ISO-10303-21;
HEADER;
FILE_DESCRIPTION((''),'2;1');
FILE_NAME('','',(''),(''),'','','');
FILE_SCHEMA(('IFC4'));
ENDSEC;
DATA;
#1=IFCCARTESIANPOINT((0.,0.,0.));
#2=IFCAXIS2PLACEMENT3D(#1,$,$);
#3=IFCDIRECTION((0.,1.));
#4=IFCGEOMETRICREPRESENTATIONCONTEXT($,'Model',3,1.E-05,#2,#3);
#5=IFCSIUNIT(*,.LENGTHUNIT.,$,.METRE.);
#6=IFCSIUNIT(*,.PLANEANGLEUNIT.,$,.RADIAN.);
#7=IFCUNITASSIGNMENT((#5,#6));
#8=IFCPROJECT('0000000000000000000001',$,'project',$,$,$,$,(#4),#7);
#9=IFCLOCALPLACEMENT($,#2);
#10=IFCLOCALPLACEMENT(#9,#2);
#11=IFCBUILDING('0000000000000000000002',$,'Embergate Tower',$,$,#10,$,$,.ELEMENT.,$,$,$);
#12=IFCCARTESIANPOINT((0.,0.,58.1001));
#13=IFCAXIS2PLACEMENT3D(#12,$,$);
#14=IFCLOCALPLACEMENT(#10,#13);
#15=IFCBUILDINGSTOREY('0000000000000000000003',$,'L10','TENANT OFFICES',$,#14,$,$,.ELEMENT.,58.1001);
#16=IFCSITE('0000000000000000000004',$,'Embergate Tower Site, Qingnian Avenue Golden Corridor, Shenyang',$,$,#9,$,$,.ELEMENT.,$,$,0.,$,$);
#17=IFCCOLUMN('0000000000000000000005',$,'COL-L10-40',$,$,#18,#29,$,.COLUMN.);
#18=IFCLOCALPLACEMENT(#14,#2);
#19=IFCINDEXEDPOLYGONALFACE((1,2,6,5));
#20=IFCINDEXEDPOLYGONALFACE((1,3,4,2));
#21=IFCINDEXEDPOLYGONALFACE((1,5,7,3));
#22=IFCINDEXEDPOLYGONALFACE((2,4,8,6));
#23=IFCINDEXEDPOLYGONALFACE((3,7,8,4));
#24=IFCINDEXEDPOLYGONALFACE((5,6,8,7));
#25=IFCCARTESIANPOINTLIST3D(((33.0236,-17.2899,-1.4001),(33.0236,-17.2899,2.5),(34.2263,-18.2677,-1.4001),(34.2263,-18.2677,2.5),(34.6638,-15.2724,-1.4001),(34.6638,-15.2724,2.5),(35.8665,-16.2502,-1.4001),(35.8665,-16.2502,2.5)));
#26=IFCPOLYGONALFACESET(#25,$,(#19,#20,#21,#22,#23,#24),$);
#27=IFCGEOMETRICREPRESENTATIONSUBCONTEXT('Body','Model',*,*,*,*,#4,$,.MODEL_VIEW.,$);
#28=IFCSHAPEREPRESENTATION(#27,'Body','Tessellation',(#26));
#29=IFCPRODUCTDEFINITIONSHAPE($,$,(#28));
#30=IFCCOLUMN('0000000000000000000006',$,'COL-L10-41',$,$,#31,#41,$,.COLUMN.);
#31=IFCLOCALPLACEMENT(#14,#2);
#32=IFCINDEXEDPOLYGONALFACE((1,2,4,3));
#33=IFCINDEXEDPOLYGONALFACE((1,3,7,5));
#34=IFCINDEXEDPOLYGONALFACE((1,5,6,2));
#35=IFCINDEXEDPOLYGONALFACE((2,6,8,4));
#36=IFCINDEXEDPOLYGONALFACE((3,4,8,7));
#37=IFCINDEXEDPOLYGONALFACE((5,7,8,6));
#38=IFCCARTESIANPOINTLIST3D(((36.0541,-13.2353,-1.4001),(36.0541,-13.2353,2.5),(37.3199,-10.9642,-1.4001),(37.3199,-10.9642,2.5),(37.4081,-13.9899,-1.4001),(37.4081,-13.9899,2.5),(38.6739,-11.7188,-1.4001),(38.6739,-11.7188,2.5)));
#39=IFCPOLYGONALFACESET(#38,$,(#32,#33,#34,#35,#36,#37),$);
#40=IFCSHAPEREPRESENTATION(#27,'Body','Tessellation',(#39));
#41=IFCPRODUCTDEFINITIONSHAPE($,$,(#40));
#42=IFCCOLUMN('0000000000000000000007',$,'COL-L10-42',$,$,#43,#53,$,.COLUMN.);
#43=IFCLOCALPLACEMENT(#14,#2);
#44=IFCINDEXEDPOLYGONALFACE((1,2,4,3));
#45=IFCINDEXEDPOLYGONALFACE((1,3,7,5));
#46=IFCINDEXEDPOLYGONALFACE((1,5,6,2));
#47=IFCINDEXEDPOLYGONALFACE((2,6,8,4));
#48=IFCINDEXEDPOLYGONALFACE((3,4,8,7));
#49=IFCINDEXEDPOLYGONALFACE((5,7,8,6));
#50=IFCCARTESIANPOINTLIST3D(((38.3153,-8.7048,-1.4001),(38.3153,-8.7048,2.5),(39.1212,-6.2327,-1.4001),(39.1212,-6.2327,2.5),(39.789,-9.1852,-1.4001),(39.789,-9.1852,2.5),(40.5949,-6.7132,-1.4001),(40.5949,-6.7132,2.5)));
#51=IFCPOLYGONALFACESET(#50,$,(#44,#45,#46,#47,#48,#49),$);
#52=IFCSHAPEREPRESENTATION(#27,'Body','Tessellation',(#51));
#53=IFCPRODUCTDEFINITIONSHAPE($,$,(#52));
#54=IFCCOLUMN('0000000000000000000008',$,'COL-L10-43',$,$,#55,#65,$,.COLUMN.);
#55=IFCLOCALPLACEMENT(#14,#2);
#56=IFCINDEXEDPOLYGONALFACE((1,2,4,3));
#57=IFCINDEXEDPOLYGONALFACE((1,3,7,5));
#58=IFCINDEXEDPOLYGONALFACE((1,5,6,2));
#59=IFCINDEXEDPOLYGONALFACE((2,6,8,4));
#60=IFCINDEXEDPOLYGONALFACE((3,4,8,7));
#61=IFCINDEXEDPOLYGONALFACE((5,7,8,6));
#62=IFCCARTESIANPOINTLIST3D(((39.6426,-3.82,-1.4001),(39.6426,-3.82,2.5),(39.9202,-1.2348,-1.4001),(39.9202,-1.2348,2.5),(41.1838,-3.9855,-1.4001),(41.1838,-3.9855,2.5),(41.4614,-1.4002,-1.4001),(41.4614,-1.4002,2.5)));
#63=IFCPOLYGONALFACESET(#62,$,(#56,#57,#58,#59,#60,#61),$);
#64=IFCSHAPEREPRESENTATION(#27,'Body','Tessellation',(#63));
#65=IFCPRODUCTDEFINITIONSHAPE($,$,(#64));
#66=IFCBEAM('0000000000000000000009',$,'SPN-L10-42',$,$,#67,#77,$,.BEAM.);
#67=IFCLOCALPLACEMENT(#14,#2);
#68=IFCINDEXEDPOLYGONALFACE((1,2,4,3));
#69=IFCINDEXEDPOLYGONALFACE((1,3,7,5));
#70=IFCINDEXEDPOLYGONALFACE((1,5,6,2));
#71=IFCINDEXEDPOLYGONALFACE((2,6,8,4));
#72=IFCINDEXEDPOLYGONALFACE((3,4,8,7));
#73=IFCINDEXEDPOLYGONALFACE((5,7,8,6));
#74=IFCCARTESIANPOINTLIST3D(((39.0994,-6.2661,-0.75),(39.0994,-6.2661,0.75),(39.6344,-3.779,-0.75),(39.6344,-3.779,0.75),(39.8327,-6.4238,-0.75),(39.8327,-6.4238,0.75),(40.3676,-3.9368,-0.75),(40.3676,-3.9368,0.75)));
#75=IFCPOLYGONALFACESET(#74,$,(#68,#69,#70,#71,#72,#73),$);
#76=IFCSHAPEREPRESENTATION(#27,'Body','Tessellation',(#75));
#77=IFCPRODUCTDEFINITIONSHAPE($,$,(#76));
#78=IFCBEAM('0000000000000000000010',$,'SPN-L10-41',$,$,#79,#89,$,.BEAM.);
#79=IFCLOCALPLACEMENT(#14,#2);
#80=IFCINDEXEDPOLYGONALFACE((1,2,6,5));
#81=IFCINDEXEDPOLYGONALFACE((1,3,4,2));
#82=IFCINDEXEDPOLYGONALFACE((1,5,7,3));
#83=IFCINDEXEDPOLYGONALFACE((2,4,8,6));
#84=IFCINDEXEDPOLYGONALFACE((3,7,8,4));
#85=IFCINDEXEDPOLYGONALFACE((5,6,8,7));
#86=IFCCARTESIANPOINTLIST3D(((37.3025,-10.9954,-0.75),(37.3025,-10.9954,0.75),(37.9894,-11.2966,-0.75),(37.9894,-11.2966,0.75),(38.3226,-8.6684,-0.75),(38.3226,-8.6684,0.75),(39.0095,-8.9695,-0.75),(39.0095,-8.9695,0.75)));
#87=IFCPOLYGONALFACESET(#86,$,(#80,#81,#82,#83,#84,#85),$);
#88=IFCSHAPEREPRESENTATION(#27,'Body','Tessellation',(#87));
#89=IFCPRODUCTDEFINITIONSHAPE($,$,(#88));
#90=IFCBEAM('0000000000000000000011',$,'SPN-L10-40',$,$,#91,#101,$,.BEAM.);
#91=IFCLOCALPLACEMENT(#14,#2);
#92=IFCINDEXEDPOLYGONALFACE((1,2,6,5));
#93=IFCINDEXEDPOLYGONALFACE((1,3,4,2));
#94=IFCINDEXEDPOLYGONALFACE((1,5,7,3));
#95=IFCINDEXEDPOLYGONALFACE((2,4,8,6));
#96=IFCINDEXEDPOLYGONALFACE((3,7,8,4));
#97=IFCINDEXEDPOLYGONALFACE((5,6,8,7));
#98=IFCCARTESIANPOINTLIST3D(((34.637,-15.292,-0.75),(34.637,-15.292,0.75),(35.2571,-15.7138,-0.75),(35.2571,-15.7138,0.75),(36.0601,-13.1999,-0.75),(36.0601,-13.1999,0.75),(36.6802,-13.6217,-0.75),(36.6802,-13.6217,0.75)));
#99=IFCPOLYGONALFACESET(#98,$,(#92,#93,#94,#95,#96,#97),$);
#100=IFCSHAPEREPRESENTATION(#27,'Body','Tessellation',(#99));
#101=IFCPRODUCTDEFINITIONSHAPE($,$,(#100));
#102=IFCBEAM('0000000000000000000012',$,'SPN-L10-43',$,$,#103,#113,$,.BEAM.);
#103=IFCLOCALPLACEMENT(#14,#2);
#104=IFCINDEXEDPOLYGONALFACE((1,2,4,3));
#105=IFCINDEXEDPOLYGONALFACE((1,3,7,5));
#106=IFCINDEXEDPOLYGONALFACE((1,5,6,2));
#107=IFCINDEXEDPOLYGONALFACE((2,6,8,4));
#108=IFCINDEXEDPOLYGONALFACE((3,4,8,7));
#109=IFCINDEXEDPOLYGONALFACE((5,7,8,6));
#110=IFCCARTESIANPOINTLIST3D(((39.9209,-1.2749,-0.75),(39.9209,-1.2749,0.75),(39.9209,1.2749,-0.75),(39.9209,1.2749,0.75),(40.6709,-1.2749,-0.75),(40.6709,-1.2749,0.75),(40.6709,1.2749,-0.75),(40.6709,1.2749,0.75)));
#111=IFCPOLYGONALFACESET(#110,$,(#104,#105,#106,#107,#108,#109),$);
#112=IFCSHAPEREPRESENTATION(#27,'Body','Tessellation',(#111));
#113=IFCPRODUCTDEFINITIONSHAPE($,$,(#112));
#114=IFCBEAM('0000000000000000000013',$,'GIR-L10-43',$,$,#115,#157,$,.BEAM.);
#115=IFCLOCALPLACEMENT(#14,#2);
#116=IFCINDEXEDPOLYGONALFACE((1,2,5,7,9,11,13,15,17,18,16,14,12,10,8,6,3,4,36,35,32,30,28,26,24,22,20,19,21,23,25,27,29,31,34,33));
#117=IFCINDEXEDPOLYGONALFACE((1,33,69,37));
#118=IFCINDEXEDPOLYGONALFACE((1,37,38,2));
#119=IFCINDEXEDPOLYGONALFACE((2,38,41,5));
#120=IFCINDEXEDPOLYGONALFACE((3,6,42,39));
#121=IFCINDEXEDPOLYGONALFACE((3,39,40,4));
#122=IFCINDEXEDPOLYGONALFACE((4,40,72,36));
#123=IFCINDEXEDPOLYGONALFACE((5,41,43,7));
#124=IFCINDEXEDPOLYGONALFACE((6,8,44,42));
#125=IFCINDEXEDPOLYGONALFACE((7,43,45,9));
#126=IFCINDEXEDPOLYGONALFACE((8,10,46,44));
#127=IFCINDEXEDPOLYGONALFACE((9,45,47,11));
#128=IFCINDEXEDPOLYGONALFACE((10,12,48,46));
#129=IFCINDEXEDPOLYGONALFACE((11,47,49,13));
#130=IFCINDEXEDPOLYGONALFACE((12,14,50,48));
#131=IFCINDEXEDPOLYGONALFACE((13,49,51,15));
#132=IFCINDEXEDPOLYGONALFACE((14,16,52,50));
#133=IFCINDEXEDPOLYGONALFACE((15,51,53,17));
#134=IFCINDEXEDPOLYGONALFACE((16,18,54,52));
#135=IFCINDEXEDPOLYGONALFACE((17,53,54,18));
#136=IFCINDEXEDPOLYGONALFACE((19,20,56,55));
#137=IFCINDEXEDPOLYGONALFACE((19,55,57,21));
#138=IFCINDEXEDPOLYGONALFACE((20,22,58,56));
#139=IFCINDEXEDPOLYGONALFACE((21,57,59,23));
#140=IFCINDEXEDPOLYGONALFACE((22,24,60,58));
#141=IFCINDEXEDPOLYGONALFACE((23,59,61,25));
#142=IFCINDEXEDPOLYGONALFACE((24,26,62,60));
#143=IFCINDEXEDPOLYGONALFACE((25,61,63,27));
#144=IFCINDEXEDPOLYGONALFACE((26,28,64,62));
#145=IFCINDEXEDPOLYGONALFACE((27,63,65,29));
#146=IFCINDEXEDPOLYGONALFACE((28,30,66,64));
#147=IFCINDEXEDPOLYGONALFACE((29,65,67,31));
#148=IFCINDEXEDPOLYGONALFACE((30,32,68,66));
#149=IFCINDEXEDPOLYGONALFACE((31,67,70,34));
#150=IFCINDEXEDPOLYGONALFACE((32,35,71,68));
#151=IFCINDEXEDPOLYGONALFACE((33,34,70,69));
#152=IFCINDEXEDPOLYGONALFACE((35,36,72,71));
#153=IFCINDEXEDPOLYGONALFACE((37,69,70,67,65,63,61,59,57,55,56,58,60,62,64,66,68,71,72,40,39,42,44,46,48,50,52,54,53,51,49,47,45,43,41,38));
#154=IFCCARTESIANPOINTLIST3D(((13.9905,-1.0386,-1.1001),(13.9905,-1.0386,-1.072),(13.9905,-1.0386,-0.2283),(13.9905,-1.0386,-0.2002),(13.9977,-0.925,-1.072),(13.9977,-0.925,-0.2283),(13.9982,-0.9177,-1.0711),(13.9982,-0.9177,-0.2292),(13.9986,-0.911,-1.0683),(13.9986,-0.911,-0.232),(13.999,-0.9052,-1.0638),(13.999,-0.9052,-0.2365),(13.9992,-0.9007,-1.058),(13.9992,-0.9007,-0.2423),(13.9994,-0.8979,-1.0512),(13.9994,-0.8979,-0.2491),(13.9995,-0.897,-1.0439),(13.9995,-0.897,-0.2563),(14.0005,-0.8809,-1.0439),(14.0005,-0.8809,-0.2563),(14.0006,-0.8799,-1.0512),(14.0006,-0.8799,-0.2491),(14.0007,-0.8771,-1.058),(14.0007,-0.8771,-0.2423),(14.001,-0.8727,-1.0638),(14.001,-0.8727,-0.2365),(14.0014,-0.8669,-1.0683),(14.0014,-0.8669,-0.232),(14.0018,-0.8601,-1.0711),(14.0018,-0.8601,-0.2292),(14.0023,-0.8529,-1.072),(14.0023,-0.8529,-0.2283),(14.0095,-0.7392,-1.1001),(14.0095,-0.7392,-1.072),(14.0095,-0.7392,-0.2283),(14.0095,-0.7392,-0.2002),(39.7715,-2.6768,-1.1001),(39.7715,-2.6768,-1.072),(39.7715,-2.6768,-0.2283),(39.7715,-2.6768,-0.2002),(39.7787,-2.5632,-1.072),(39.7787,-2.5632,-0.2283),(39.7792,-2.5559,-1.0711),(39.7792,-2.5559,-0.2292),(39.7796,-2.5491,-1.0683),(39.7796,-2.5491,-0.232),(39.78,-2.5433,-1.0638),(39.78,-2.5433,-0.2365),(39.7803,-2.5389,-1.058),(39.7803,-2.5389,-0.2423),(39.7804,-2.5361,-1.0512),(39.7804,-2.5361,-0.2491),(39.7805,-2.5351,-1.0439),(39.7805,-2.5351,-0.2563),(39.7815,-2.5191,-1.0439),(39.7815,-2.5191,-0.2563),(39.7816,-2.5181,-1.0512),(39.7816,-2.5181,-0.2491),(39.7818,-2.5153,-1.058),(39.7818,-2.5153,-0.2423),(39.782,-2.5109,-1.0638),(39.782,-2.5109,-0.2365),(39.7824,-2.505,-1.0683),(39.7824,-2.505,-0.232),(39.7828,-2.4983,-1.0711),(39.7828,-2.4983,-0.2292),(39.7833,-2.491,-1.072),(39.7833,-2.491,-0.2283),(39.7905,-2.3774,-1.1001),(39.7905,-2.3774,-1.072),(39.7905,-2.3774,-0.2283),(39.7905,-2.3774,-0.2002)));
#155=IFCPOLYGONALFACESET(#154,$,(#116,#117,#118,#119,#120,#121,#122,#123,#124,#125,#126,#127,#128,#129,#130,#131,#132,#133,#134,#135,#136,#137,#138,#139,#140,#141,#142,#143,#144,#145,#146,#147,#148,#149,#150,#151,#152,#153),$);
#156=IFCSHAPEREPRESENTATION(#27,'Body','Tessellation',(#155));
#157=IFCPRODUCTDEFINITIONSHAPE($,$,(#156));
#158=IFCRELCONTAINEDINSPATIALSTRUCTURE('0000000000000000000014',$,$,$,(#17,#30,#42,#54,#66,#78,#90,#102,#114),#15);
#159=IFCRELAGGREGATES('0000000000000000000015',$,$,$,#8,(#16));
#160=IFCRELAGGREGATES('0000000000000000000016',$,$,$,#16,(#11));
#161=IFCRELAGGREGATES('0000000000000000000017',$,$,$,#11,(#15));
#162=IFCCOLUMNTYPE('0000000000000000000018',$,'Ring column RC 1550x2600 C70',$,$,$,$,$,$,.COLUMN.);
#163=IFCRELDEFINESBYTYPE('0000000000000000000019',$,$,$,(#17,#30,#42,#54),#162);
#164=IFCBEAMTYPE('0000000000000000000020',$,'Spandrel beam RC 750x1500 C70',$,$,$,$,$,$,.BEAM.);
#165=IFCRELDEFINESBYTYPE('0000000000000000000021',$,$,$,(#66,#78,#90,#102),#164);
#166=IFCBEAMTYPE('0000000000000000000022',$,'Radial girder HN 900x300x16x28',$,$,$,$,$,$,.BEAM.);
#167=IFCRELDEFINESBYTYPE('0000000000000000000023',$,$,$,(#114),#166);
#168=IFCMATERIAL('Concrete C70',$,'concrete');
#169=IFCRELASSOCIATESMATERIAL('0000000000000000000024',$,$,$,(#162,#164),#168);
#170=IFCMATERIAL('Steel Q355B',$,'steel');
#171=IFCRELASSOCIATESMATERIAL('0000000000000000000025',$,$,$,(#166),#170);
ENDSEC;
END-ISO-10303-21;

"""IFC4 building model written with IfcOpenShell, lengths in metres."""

from ifc_helpers import new_model, si_unit, direction, frame, origin, origin_2d, place, context, subcontext, project, spatial, rectangle, i_section, extrude, source, transform, mapped, material, material_profile, profile_set, type_object, element, save


model = new_model("IFC4")

# Units and contexts
model_context = context("Model", 3, precision=1e-05, world=origin(), true_north=direction((0.0, 1.0)))
body_context = subcontext(model_context, "Body", "Model", "MODEL_VIEW")
ifc_project = project(units=[si_unit("LENGTHUNIT", "METRE"), si_unit("PLANEANGLEUNIT", "RADIAN")], contexts=[model_context])

# Site, building, storey
site_placement = place(None, origin())
site = spatial("IfcSite", under=ifc_project, at=site_placement, Name="Embergate Tower Site, Qingnian Avenue Golden Corridor, Shenyang", CompositionType="ELEMENT", RefElevation=0.0)
building_placement = place(site_placement, origin())
building = spatial("IfcBuilding", under=site, at=building_placement, Name="Embergate Tower", CompositionType="ELEMENT")
storey_placement = place(building_placement, frame((0.0, 0.0, 58.1001)))
storey = spatial("IfcBuildingStorey", under=building, at=storey_placement, Name="L10", Description="TENANT OFFICES", CompositionType="ELEMENT", Elevation=58.1001)

# Columns
ifc_material_1 = material(Name="Concrete C70", Category="concrete")
ifc_material_profile_1 = material_profile(ifc_material_1, rectangle(XDim=1.55, YDim=2.6001, at=origin_2d()), Name="RC 1550x2600")
ifc_profile_set_1 = profile_set([ifc_material_profile_1], Name="Concrete C70")
column_type = type_object("IfcColumnType", Name="Ring column RC 1550x2600 C70", PredefinedType="COLUMN", material=ifc_profile_set_1)
shared_shape_1 = source(origin(), body_context, "Body", "SweptSolid", [
    extrude(rectangle(XDim=1.55, YDim=2.6001, at=origin_2d()), origin(), (0.0, 0.0, 1.0), 3.9001),
])
for number, where, z_axis, x_axis, name in (
    (1, (34.4451, -16.77, -1.4001), (0.0, 0.0, 1.0), (0.775925, -0.630825, 0.0), "COL-L10-40"),
    (2, (37.364, -12.4771, -1.4001), (0.0, 0.0, 1.0), (0.8735, -0.486823, 0.0), "COL-L10-41"),
    (3, (39.4551, -7.709, -1.4001), (0.0, 0.0, 1.0), (0.950754, -0.309946, 0.0), "COL-L10-42"),
    (4, (40.552, -2.6101, -1.4001), (0.0, 0.0, 1.0), (0.994286, -0.10675, 0.0), "COL-L10-43"),
):
    element("IfcColumn", number, at=place(storey_placement, frame(where, z_axis=z_axis, x_axis=x_axis)), inside=storey, type_object=column_type, Name=name, PredefinedType="COLUMN", context=body_context, shape_type="MappedRepresentation", body=[
        mapped(shared_shape_1, transform((0.0, 0.0, 0.0))),
    ])

# Beams
ifc_material_profile_2 = material_profile(ifc_material_1, rectangle(XDim=0.75, YDim=1.5, at=origin_2d()), Name="RC 750x1500")
ifc_profile_set_2 = profile_set([ifc_material_profile_2], Name="Concrete C70")
beam_type_1 = type_object("IfcBeamType", Name="Spandrel beam RC 750x1500 C70", PredefinedType="BEAM", material=ifc_profile_set_2)
shared_shape_2 = source(origin(), body_context, "Body", "SweptSolid", [
    extrude(rectangle(XDim=0.75, YDim=1.5, at=origin_2d()), origin(), (0.0, 0.0, 1.0), 2.5439),
])
beam_1_placement = place(storey_placement, frame((39.4661, -6.345, 0.0), z_axis=(0.21027, 0.977643, 0.0), x_axis=(-0.977643, 0.21027, 0.0)))
element("IfcBeam", 5, at=beam_1_placement, inside=storey, type_object=beam_type_1, Name="SPN-L10-42", PredefinedType="BEAM", context=body_context, shape_type="MappedRepresentation", body=[
    mapped(shared_shape_2, transform((0.0, 0.0, 0.0))),
])
shared_shape_3 = source(origin(), body_context, "Body", "SweptSolid", [
    extrude(rectangle(XDim=0.75, YDim=1.5, at=origin_2d()), origin(), (0.0, 0.0, 1.0), 2.5408),
])
beam_2_placement = place(storey_placement, frame((37.646, -11.146, 0.0), z_axis=(0.401479, 0.915868, 0.0), x_axis=(-0.915868, 0.401479, 0.0)))
element("IfcBeam", 6, at=beam_2_placement, inside=storey, type_object=beam_type_1, Name="SPN-L10-41", PredefinedType="BEAM", context=body_context, shape_type="MappedRepresentation", body=[
    mapped(shared_shape_3, transform((0.0, 0.0, 0.0))),
])
shared_shape_4 = source(origin(), body_context, "Body", "SweptSolid", [
    extrude(rectangle(XDim=0.75, YDim=1.5, at=origin_2d()), origin(), (0.0, 0.0, 1.0), 2.5303),
])
beam_3_placement = place(storey_placement, frame((34.947, -15.5029, 0.0), z_axis=(0.562447, 0.826833, 0.0), x_axis=(-0.826833, 0.562447, 0.0)))
element("IfcBeam", 7, at=beam_3_placement, inside=storey, type_object=beam_type_1, Name="SPN-L10-40", PredefinedType="BEAM", context=body_context, shape_type="MappedRepresentation", body=[
    mapped(shared_shape_4, transform((0.0, 0.0, 0.0))),
])
shared_shape_5 = source(origin(), body_context, "Body", "SweptSolid", [
    extrude(rectangle(XDim=0.75, YDim=1.5, at=origin_2d()), origin(), (0.0, 0.0, 1.0), 2.5498),
])
beam_4_placement = place(storey_placement, frame((40.2959, -1.2749, 0.0), z_axis=(0.0, 1.0, 0.0), x_axis=(-1.0, 0.0, 0.0)))
element("IfcBeam", 8, at=beam_4_placement, inside=storey, type_object=beam_type_1, Name="SPN-L10-43", PredefinedType="BEAM", context=body_context, shape_type="MappedRepresentation", body=[
    mapped(shared_shape_5, transform((0.0, 0.0, 0.0))),
])
ifc_material_2 = material(Name="Steel Q355B", Category="steel")
ifc_material_profile_3 = material_profile(ifc_material_2, i_section(OverallWidth=0.3, OverallDepth=0.8999, WebThickness=0.0161, FlangeThickness=0.0281, FilletRadius=0.0281, at=origin_2d()), Name="HN 900x300x16x28")
ifc_profile_set_3 = profile_set([ifc_material_profile_3], Name="Steel Q355 grade B")
beam_type_2 = type_object("IfcBeamType", Name="Radial girder HN 900x300x16x28", PredefinedType="BEAM", material=ifc_profile_set_3)
shared_shape_6 = source(origin(), body_context, "Body", "SweptSolid", [
    extrude(i_section(OverallWidth=0.3, OverallDepth=0.8999, WebThickness=0.0161, FlangeThickness=0.0281, FilletRadius=0.0281, at=origin_2d()), origin(), (0.0, 0.0, 1.0), 25.833),
])
beam_5_placement = place(storey_placement, frame((39.781, -2.5271, -0.6501), z_axis=(-0.997987, 0.063414, 0.0), x_axis=(-0.063414, -0.997987, 0.0)))
element("IfcBeam", 9, at=beam_5_placement, inside=storey, type_object=beam_type_2, Name="GIR-L10-43", PredefinedType="BEAM", context=body_context, shape_type="MappedRepresentation", body=[
    mapped(shared_shape_6, transform((0.0, 0.0, 0.0))),
])

save(model, "model.ifc")
